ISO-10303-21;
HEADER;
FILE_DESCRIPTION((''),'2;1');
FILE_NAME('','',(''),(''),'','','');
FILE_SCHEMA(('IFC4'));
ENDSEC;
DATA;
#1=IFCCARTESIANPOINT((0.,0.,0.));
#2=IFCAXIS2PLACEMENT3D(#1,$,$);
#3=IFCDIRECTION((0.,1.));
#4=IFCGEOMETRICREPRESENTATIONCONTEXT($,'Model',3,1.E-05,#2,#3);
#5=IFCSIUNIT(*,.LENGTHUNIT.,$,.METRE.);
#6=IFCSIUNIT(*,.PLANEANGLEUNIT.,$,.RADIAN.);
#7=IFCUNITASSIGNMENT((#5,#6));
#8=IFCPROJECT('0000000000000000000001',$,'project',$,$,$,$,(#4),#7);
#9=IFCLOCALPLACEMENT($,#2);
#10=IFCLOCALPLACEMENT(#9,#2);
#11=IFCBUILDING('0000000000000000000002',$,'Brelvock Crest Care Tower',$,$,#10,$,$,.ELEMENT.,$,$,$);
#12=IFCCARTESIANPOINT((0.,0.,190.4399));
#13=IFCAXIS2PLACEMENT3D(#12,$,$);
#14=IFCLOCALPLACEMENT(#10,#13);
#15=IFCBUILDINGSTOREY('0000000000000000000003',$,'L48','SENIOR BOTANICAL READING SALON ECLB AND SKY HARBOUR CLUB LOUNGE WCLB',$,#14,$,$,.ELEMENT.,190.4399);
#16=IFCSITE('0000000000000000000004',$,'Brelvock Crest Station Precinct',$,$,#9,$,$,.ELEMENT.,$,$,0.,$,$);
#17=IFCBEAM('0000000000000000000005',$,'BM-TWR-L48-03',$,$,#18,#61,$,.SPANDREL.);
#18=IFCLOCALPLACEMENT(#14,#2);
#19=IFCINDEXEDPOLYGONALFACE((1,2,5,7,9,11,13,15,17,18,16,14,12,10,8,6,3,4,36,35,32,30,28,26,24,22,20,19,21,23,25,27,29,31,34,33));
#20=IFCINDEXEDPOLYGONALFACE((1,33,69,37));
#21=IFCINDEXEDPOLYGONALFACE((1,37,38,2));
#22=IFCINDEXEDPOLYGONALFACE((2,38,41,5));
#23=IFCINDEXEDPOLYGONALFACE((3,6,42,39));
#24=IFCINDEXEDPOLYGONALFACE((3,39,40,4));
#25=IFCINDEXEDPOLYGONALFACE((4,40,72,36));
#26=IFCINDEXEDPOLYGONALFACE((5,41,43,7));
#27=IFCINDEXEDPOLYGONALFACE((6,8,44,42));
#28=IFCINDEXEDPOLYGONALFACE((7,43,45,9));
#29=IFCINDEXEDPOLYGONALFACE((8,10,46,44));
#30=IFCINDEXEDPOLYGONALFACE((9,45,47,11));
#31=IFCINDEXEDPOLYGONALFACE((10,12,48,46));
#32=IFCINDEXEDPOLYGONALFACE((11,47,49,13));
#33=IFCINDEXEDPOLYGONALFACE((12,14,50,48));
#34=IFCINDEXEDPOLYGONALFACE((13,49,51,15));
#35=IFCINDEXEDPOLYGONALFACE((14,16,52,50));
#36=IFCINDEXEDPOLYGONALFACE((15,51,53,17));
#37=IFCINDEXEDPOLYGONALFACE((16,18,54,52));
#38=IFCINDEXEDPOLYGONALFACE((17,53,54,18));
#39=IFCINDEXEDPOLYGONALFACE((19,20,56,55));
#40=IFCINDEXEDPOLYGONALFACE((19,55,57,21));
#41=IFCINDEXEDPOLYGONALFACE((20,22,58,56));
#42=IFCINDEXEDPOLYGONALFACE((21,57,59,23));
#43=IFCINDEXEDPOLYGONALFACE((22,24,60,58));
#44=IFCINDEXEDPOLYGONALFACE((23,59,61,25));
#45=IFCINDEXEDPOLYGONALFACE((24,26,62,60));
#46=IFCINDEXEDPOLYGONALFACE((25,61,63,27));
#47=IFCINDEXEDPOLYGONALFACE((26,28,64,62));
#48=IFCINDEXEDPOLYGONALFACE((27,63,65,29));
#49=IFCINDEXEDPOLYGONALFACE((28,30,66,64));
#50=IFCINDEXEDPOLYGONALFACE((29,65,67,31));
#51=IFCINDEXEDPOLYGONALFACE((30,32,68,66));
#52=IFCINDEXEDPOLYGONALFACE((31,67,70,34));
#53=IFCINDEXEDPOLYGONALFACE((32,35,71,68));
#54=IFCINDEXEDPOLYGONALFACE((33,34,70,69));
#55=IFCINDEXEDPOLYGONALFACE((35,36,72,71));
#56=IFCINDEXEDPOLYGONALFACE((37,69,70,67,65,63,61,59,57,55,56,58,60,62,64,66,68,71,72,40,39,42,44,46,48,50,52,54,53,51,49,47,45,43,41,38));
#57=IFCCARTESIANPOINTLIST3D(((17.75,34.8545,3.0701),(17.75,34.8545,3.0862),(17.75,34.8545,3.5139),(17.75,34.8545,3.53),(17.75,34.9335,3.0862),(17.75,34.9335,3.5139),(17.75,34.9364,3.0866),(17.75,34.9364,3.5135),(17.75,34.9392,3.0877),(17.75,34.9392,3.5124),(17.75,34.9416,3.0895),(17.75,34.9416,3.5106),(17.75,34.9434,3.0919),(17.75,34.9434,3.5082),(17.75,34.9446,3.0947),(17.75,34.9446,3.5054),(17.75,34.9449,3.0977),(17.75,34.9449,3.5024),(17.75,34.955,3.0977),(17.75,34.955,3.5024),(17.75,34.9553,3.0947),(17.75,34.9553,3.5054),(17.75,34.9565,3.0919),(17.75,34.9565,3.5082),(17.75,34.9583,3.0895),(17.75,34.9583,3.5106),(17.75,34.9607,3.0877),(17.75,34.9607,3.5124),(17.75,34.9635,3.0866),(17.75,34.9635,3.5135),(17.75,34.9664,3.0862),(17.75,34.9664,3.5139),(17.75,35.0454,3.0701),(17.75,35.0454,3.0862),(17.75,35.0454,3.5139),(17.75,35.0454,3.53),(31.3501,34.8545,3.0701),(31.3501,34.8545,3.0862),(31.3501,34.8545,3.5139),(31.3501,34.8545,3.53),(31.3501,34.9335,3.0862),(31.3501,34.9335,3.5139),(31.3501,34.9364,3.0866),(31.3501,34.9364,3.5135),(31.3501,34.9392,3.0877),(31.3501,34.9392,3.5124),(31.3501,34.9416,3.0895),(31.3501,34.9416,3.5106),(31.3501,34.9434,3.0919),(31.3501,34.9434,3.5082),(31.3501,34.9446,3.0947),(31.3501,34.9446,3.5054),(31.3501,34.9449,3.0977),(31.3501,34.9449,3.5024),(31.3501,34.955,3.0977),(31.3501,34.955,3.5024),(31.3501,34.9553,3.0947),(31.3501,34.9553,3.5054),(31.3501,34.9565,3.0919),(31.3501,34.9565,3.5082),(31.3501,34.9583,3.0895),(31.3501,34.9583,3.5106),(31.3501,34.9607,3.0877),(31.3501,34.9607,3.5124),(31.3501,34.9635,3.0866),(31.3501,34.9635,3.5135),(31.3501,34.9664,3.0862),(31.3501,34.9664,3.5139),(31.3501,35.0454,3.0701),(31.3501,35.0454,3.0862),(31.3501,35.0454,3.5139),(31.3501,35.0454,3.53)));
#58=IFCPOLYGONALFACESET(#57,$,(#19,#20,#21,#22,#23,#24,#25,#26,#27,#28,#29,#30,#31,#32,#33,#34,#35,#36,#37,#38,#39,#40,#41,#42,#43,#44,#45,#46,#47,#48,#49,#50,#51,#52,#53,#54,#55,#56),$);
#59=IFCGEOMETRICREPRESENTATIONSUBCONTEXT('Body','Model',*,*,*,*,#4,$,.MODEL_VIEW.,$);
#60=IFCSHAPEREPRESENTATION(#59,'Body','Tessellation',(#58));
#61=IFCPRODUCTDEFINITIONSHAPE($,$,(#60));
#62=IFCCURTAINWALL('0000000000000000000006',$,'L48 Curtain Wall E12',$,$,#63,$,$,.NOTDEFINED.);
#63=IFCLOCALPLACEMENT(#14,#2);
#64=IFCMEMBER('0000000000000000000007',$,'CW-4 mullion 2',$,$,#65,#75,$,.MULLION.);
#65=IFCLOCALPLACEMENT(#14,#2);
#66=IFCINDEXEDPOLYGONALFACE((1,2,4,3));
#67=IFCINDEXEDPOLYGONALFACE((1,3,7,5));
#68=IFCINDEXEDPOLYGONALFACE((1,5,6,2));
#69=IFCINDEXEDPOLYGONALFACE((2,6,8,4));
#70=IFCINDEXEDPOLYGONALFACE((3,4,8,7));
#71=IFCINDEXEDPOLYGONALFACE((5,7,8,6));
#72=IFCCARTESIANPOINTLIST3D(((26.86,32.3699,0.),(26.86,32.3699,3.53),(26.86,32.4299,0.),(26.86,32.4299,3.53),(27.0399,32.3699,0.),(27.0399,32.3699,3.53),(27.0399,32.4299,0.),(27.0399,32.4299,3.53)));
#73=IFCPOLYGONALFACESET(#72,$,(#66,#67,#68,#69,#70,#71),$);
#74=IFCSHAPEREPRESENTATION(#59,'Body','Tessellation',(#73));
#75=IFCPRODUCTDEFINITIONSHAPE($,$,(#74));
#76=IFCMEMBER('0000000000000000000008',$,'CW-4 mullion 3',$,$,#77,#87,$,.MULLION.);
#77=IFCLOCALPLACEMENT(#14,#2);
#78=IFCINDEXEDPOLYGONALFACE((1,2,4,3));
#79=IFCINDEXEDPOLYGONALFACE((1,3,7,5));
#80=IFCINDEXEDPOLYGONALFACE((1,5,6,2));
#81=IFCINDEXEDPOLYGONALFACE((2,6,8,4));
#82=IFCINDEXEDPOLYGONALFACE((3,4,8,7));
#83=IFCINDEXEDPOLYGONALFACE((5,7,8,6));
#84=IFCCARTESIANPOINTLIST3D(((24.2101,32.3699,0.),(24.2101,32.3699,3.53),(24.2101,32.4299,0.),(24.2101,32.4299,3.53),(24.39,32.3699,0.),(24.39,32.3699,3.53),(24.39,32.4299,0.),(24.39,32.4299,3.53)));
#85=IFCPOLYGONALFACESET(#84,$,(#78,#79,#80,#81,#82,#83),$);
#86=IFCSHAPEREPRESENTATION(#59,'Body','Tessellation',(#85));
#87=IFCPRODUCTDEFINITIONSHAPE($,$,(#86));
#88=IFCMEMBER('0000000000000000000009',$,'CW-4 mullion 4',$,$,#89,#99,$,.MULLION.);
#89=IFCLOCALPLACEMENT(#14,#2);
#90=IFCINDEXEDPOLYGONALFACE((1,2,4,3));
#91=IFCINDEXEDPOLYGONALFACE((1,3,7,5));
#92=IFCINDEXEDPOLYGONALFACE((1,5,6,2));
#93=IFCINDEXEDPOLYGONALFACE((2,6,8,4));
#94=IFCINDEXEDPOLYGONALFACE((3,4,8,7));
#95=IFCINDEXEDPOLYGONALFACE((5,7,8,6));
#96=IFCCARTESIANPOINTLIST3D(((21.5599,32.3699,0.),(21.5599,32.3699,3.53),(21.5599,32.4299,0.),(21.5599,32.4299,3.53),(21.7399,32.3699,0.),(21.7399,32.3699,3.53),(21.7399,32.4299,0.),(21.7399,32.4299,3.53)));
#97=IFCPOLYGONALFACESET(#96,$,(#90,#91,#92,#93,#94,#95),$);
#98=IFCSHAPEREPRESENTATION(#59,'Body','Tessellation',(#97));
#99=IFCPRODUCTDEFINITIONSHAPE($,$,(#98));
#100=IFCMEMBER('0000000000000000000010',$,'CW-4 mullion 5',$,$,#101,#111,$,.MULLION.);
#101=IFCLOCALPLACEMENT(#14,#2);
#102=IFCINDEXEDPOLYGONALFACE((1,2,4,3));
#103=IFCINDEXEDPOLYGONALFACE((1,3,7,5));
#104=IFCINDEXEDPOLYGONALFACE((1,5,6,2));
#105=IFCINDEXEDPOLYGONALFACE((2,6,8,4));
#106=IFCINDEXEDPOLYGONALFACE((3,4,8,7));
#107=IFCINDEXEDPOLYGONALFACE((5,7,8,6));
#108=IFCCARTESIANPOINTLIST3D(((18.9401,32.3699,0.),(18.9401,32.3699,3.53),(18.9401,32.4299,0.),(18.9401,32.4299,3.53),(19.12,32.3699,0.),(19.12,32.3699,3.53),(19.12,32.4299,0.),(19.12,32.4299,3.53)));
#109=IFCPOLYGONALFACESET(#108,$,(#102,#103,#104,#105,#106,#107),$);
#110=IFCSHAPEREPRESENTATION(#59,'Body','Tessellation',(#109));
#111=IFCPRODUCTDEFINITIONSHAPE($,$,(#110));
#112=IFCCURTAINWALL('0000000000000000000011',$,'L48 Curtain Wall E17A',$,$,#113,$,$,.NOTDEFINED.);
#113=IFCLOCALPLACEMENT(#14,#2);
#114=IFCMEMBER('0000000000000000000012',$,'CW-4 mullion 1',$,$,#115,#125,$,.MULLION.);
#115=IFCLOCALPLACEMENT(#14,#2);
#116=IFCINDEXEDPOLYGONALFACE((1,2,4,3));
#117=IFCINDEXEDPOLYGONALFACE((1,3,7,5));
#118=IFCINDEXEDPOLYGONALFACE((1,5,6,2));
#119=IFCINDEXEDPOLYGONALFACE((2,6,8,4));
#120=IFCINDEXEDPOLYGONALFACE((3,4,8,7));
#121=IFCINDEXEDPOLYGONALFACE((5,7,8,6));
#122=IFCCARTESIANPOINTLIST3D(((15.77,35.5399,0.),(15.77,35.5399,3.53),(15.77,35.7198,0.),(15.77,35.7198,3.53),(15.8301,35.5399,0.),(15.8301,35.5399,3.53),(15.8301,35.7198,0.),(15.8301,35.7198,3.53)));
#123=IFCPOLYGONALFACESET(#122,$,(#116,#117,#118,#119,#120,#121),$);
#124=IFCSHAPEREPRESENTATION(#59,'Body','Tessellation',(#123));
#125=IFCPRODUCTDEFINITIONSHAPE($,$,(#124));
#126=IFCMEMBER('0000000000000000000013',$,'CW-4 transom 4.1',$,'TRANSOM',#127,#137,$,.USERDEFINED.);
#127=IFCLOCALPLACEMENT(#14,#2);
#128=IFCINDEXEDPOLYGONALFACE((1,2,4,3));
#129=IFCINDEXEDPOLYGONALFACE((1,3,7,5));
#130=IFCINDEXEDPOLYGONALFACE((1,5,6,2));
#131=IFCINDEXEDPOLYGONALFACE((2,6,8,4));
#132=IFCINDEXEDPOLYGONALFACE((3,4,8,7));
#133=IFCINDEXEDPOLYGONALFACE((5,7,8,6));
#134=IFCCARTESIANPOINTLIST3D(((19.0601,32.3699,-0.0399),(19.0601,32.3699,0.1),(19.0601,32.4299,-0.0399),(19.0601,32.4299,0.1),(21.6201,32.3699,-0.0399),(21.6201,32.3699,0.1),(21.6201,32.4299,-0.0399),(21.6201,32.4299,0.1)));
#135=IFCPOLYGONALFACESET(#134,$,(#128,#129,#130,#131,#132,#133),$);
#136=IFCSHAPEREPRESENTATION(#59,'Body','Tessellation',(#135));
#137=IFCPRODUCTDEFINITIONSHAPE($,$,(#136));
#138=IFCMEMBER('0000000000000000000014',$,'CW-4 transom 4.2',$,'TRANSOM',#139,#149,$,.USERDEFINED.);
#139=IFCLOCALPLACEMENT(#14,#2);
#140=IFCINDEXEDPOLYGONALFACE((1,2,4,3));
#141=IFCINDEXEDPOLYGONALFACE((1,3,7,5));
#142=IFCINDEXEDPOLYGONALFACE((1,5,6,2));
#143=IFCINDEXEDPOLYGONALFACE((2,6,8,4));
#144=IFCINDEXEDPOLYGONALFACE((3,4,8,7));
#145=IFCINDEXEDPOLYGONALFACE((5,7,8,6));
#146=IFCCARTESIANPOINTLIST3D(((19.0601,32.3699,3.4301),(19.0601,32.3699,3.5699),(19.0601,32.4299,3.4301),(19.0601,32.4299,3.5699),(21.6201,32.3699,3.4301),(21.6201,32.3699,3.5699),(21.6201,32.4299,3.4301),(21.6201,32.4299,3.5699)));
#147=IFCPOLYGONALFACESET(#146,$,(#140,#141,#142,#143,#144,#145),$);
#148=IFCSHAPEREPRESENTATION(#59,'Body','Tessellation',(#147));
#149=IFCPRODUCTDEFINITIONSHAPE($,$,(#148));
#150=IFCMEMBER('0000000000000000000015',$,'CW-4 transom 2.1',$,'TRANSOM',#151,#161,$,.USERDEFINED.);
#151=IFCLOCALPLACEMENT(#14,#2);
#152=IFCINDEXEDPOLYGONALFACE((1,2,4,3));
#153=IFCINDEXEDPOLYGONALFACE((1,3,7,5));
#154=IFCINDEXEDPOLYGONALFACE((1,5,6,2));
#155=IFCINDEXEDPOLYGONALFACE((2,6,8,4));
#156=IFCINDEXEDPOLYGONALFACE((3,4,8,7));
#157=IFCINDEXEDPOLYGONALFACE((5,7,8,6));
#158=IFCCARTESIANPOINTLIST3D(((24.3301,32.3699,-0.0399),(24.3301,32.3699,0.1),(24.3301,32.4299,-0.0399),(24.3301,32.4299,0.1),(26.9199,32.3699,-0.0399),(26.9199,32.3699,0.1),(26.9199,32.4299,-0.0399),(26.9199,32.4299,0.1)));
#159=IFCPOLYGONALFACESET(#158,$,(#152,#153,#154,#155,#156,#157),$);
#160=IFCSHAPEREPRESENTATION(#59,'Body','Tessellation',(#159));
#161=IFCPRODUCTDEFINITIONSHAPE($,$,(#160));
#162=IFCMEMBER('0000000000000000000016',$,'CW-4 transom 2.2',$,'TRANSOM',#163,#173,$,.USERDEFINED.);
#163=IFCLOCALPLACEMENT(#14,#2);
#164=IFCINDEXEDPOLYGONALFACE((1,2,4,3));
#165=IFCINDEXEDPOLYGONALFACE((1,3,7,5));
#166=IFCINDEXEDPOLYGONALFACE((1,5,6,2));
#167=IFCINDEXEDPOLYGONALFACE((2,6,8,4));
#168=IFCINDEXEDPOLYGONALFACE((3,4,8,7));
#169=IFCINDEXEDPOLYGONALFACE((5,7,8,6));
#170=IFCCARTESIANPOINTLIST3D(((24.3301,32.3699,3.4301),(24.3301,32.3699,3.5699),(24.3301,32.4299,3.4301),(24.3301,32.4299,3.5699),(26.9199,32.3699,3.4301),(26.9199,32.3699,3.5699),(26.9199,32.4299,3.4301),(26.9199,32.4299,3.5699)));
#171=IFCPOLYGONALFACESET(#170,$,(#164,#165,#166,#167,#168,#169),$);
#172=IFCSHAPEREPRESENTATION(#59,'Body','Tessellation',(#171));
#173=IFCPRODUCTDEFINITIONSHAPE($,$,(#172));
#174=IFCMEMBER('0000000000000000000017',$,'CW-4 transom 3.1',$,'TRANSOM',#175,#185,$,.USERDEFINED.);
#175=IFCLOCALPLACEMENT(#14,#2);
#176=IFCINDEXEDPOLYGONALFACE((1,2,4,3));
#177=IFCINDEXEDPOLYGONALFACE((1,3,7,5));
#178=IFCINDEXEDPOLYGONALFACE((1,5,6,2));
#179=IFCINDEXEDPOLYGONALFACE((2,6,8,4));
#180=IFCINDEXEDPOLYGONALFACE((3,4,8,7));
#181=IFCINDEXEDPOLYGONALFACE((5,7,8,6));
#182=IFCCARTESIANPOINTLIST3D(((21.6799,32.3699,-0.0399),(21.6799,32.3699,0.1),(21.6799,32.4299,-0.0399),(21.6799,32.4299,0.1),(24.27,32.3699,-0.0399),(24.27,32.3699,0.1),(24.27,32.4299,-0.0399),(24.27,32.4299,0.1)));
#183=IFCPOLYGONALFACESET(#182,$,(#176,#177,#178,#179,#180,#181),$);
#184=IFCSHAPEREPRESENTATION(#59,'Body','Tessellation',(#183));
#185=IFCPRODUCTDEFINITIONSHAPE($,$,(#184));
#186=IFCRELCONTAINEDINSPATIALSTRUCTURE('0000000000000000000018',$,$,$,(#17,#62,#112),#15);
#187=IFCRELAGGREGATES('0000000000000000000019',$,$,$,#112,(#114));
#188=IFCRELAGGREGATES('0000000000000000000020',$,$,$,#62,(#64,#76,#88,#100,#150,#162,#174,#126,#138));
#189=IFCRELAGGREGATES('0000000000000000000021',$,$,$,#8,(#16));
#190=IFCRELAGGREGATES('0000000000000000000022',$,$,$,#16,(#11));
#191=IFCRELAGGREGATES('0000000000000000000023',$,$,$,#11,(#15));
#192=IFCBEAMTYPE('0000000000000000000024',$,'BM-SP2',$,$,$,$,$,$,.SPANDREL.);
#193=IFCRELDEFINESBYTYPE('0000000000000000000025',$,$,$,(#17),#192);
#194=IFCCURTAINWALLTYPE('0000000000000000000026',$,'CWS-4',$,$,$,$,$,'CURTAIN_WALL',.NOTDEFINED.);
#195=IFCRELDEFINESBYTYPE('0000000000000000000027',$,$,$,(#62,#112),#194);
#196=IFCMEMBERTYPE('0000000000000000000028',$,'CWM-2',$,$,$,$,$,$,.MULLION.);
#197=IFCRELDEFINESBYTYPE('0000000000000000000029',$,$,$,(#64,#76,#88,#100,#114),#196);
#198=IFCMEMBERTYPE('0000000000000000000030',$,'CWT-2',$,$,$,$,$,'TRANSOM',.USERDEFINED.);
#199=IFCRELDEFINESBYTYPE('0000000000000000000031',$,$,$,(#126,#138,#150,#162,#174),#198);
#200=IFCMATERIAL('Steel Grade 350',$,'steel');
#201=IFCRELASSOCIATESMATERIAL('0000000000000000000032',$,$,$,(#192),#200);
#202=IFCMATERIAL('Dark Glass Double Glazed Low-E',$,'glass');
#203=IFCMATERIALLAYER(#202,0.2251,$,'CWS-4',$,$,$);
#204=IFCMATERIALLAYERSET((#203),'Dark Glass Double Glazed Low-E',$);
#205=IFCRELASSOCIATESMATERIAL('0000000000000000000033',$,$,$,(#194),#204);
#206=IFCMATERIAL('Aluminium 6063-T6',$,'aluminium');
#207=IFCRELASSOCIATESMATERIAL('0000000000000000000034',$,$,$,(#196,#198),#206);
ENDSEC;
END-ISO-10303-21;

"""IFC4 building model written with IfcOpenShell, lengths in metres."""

from ifc_helpers import new_model, si_unit, direction, frame, origin, origin_2d, place, context, subcontext, project, spatial, rectangle, i_section, extrude, source, transform, mapped, material, layer, layer_set, material_profile, profile_set, type_object, element, aggregate, save


model = new_model("IFC4")

# Units and contexts
model_context = context("Model", 3, precision=1e-05, world=origin(), true_north=direction((0.0, 1.0)))
body_context = subcontext(model_context, "Body", "Model", "MODEL_VIEW")
ifc_project = project(units=[si_unit("LENGTHUNIT", "METRE"), si_unit("PLANEANGLEUNIT", "RADIAN")], contexts=[model_context])

# Site, building, storey
site_placement = place(None, origin())
site = spatial("IfcSite", under=ifc_project, at=site_placement, Name="Brelvock Crest Station Precinct", CompositionType="ELEMENT", RefElevation=0.0)
building_placement = place(site_placement, origin())
building = spatial("IfcBuilding", under=site, at=building_placement, Name="Brelvock Crest Care Tower", CompositionType="ELEMENT")
storey_placement = place(building_placement, frame((0.0, 0.0, 190.4399)))
storey = spatial("IfcBuildingStorey", under=building, at=storey_placement, Name="L48", Description="SENIOR BOTANICAL READING SALON ECLB AND SKY HARBOUR CLUB LOUNGE WCLB", CompositionType="ELEMENT", Elevation=190.4399)

# Shared definitions
ifc_material_1 = material(Name="Steel Grade 350", Category="steel")

# Beam
ifc_material_profile_1 = material_profile(ifc_material_1, i_section(OverallWidth=0.1909, OverallDepth=0.46, WebThickness=0.01, FlangeThickness=0.0161, FilletRadius=0.0115, at=origin_2d()), Name="460UB82.1")
ifc_profile_set_1 = profile_set([ifc_material_profile_1], Name="Steel Grade 350")
beam_type_1 = type_object("IfcBeamType", Name="BM-SP2", PredefinedType="SPANDREL", material=ifc_profile_set_1)
shared_shape_1 = source(origin(), body_context, "Body", "SweptSolid", [
    extrude(i_section(OverallWidth=0.1909, OverallDepth=0.46, WebThickness=0.01, FlangeThickness=0.0161, FilletRadius=0.0115, at=origin_2d()), origin(), (0.0, 0.0, 1.0), 13.6001),
])
beam_1_placement = place(storey_placement, frame((17.75, 34.95, 3.3), z_axis=(1.0, 0.0, 0.0), x_axis=(0.0, 1.0, 0.0)))
element("IfcBeam", 1, at=beam_1_placement, inside=storey, type_object=beam_type_1, Name="BM-TWR-L48-03", PredefinedType="SPANDREL", context=body_context, shape_type="MappedRepresentation", body=[
    mapped(shared_shape_1, transform((0.0, 0.0, 0.0), x_axis=(1.0, 0.0, 0.0), y_axis=(0.0, 1.0, 0.0), z_axis=(0.0, 0.0, 1.0), scale=1.0)),
])

# Curtain wall, members
ifc_material_2 = material(Name="Dark Glass Double Glazed Low-E", Category="glass")
ifc_layer_1 = layer(ifc_material_2, 0.2251, Name="CWS-4")
ifc_layer_set_1 = layer_set([ifc_layer_1], Name="Dark Glass Double Glazed Low-E")
curtain_wall_type = type_object("IfcCurtainWallType", Name="CWS-4", ElementType="CURTAIN_WALL", PredefinedType="NOTDEFINED", material=ifc_layer_set_1)
curtain_wall_1_placement = place(storey_placement, origin())
curtain_wall_1 = element("IfcCurtainWall", 2, at=curtain_wall_1_placement, inside=storey, type_object=curtain_wall_type, Name="L48 Curtain Wall E12", PredefinedType="NOTDEFINED")
ifc_material_3 = material(Name="Aluminium 6063-T6", Category="aluminium")
ifc_material_profile_2 = material_profile(ifc_material_3, rectangle(XDim=0.0601, YDim=0.1799, at=origin_2d()), Name="ALU60x180")
ifc_profile_set_2 = profile_set([ifc_material_profile_2], Name="Aluminium 6063-T6")
member_type_1 = type_object("IfcMemberType", Name="CWM-2", PredefinedType="MULLION", material=ifc_profile_set_2)
shared_shape_2 = source(origin(), body_context, "Body", "SweptSolid", [
    extrude(rectangle(XDim=0.0601, YDim=0.1799, at=origin_2d()), origin(), (0.0, 0.0, 1.0), 3.53),
])
member_1_placement = place(storey_placement, frame((26.95, 32.3999, 0.0), z_axis=(0.0, 0.0, 1.0), x_axis=(0.0, -1.0, 0.0)))
member_1 = element("IfcMember", 3, at=member_1_placement, type_object=member_type_1, Name="CW-4 mullion 2", PredefinedType="MULLION", context=body_context, shape_type="MappedRepresentation", body=[
    mapped(shared_shape_2, transform((0.0, 0.0, 0.0), x_axis=(1.0, 0.0, 0.0), y_axis=(0.0, 1.0, 0.0), z_axis=(0.0, 0.0, 1.0), scale=1.0)),
])
member_2_placement = place(storey_placement, frame((24.3, 32.3999, 0.0), z_axis=(0.0, 0.0, 1.0), x_axis=(0.0, -1.0, 0.0)))
member_2 = element("IfcMember", 4, at=member_2_placement, type_object=member_type_1, Name="CW-4 mullion 3", PredefinedType="MULLION", context=body_context, shape_type="MappedRepresentation", body=[
    mapped(shared_shape_2, transform((0.0, 0.0, 0.0), x_axis=(1.0, 0.0, 0.0), y_axis=(0.0, 1.0, 0.0), z_axis=(0.0, 0.0, 1.0), scale=1.0)),
])
member_3_placement = place(storey_placement, frame((21.6499, 32.3999, 0.0), z_axis=(0.0, 0.0, 1.0), x_axis=(0.0, -1.0, 0.0)))
member_3 = element("IfcMember", 5, at=member_3_placement, type_object=member_type_1, Name="CW-4 mullion 4", PredefinedType="MULLION", context=body_context, shape_type="MappedRepresentation", body=[
    mapped(shared_shape_2, transform((0.0, 0.0, 0.0), x_axis=(1.0, 0.0, 0.0), y_axis=(0.0, 1.0, 0.0), z_axis=(0.0, 0.0, 1.0), scale=1.0)),
])
member_4_placement = place(storey_placement, frame((19.03, 32.3999, 0.0), z_axis=(0.0, 0.0, 1.0), x_axis=(0.0, -1.0, 0.0)))
member_4 = element("IfcMember", 6, at=member_4_placement, type_object=member_type_1, Name="CW-4 mullion 5", PredefinedType="MULLION", context=body_context, shape_type="MappedRepresentation", body=[
    mapped(shared_shape_2, transform((0.0, 0.0, 0.0), x_axis=(1.0, 0.0, 0.0), y_axis=(0.0, 1.0, 0.0), z_axis=(0.0, 0.0, 1.0), scale=1.0)),
])

# Curtain wall, member
curtain_wall_2_placement = place(storey_placement, origin())
curtain_wall_2 = element("IfcCurtainWall", 7, at=curtain_wall_2_placement, inside=storey, type_object=curtain_wall_type, Name="L48 Curtain Wall E17A", PredefinedType="NOTDEFINED")
member_5_placement = place(storey_placement, frame((15.8, 35.6299, 0.0), z_axis=(0.0, 0.0, 1.0), x_axis=(-1.0, 0.0, 0.0)))
member_5 = element("IfcMember", 8, at=member_5_placement, type_object=member_type_1, Name="CW-4 mullion 1", PredefinedType="MULLION", context=body_context, shape_type="MappedRepresentation", body=[
    mapped(shared_shape_2, transform((0.0, 0.0, 0.0), x_axis=(1.0, 0.0, 0.0), y_axis=(0.0, 1.0, 0.0), z_axis=(0.0, 0.0, 1.0), scale=1.0)),
])

# Members
ifc_material_profile_3 = material_profile(ifc_material_3, rectangle(XDim=0.0601, YDim=0.1399, at=origin_2d()), Name="ALU60x140")
ifc_profile_set_3 = profile_set([ifc_material_profile_3], Name="Aluminium 6063-T6")
member_type_2 = type_object("IfcMemberType", Name="CWT-2", ElementType="TRANSOM", PredefinedType="USERDEFINED", material=ifc_profile_set_3)
shared_shape_3 = source(origin(), body_context, "Body", "SweptSolid", [
    extrude(rectangle(XDim=0.0601, YDim=0.1399, at=origin_2d()), origin(), (0.0, 0.0, 1.0), 2.5601),
])
member_6_placement = place(storey_placement, frame((21.6201, 32.3999, 0.03), z_axis=(-1.0, 0.0, 0.0), x_axis=(0.0, -1.0, 0.0)))
member_6 = element("IfcMember", 9, at=member_6_placement, type_object=member_type_2, Name="CW-4 transom 4.1", ObjectType="TRANSOM", PredefinedType="USERDEFINED", context=body_context, shape_type="MappedRepresentation", body=[
    mapped(shared_shape_3, transform((0.0, 0.0, 0.0), x_axis=(1.0, 0.0, 0.0), y_axis=(0.0, 1.0, 0.0), z_axis=(0.0, 0.0, 1.0), scale=1.0)),
])
member_7_placement = place(storey_placement, frame((21.6201, 32.3999, 3.5), z_axis=(-1.0, 0.0, 0.0), x_axis=(0.0, -1.0, 0.0)))
member_7 = element("IfcMember", 10, at=member_7_placement, type_object=member_type_2, Name="CW-4 transom 4.2", ObjectType="TRANSOM", PredefinedType="USERDEFINED", context=body_context, shape_type="MappedRepresentation", body=[
    mapped(shared_shape_3, transform((0.0, 0.0, 0.0), x_axis=(1.0, 0.0, 0.0), y_axis=(0.0, 1.0, 0.0), z_axis=(0.0, 0.0, 1.0), scale=1.0)),
])
shared_shape_4 = source(origin(), body_context, "Body", "SweptSolid", [
    extrude(rectangle(XDim=0.0601, YDim=0.1399, at=origin_2d()), origin(), (0.0, 0.0, 1.0), 2.5898),
])
member_8_placement = place(storey_placement, frame((26.9199, 32.3999, 0.03), z_axis=(-1.0, 0.0, 0.0), x_axis=(0.0, -1.0, 0.0)))
member_8 = element("IfcMember", 11, at=member_8_placement, type_object=member_type_2, Name="CW-4 transom 2.1", ObjectType="TRANSOM", PredefinedType="USERDEFINED", context=body_context, shape_type="MappedRepresentation", body=[
    mapped(shared_shape_4, transform((0.0, 0.0, 0.0), x_axis=(1.0, 0.0, 0.0), y_axis=(0.0, 1.0, 0.0), z_axis=(0.0, 0.0, 1.0), scale=1.0)),
])
member_9_placement = place(storey_placement, frame((26.9199, 32.3999, 3.5), z_axis=(-1.0, 0.0, 0.0), x_axis=(0.0, -1.0, 0.0)))
member_9 = element("IfcMember", 12, at=member_9_placement, type_object=member_type_2, Name="CW-4 transom 2.2", ObjectType="TRANSOM", PredefinedType="USERDEFINED", context=body_context, shape_type="MappedRepresentation", body=[
    mapped(shared_shape_4, transform((0.0, 0.0, 0.0), x_axis=(1.0, 0.0, 0.0), y_axis=(0.0, 1.0, 0.0), z_axis=(0.0, 0.0, 1.0), scale=1.0)),
])
shared_shape_5 = source(origin(), body_context, "Body", "SweptSolid", [
    extrude(rectangle(XDim=0.0601, YDim=0.1399, at=origin_2d()), origin(), (0.0, 0.0, 1.0), 2.5901),
])
member_10_placement = place(storey_placement, frame((24.27, 32.3999, 0.03), z_axis=(-1.0, 0.0, 0.0), x_axis=(0.0, -1.0, 0.0)))
member_10 = element("IfcMember", 13, at=member_10_placement, type_object=member_type_2, Name="CW-4 transom 3.1", ObjectType="TRANSOM", PredefinedType="USERDEFINED", context=body_context, shape_type="MappedRepresentation", body=[
    mapped(shared_shape_5, transform((0.0, 0.0, 0.0), x_axis=(1.0, 0.0, 0.0), y_axis=(0.0, 1.0, 0.0), z_axis=(0.0, 0.0, 1.0), scale=1.0)),
])
aggregate(curtain_wall_2, [member_5])

aggregate(curtain_wall_1, [member_1, member_2, member_3, member_4, member_8, member_9, member_10, member_6, member_7])

save(model, "model.ifc")
